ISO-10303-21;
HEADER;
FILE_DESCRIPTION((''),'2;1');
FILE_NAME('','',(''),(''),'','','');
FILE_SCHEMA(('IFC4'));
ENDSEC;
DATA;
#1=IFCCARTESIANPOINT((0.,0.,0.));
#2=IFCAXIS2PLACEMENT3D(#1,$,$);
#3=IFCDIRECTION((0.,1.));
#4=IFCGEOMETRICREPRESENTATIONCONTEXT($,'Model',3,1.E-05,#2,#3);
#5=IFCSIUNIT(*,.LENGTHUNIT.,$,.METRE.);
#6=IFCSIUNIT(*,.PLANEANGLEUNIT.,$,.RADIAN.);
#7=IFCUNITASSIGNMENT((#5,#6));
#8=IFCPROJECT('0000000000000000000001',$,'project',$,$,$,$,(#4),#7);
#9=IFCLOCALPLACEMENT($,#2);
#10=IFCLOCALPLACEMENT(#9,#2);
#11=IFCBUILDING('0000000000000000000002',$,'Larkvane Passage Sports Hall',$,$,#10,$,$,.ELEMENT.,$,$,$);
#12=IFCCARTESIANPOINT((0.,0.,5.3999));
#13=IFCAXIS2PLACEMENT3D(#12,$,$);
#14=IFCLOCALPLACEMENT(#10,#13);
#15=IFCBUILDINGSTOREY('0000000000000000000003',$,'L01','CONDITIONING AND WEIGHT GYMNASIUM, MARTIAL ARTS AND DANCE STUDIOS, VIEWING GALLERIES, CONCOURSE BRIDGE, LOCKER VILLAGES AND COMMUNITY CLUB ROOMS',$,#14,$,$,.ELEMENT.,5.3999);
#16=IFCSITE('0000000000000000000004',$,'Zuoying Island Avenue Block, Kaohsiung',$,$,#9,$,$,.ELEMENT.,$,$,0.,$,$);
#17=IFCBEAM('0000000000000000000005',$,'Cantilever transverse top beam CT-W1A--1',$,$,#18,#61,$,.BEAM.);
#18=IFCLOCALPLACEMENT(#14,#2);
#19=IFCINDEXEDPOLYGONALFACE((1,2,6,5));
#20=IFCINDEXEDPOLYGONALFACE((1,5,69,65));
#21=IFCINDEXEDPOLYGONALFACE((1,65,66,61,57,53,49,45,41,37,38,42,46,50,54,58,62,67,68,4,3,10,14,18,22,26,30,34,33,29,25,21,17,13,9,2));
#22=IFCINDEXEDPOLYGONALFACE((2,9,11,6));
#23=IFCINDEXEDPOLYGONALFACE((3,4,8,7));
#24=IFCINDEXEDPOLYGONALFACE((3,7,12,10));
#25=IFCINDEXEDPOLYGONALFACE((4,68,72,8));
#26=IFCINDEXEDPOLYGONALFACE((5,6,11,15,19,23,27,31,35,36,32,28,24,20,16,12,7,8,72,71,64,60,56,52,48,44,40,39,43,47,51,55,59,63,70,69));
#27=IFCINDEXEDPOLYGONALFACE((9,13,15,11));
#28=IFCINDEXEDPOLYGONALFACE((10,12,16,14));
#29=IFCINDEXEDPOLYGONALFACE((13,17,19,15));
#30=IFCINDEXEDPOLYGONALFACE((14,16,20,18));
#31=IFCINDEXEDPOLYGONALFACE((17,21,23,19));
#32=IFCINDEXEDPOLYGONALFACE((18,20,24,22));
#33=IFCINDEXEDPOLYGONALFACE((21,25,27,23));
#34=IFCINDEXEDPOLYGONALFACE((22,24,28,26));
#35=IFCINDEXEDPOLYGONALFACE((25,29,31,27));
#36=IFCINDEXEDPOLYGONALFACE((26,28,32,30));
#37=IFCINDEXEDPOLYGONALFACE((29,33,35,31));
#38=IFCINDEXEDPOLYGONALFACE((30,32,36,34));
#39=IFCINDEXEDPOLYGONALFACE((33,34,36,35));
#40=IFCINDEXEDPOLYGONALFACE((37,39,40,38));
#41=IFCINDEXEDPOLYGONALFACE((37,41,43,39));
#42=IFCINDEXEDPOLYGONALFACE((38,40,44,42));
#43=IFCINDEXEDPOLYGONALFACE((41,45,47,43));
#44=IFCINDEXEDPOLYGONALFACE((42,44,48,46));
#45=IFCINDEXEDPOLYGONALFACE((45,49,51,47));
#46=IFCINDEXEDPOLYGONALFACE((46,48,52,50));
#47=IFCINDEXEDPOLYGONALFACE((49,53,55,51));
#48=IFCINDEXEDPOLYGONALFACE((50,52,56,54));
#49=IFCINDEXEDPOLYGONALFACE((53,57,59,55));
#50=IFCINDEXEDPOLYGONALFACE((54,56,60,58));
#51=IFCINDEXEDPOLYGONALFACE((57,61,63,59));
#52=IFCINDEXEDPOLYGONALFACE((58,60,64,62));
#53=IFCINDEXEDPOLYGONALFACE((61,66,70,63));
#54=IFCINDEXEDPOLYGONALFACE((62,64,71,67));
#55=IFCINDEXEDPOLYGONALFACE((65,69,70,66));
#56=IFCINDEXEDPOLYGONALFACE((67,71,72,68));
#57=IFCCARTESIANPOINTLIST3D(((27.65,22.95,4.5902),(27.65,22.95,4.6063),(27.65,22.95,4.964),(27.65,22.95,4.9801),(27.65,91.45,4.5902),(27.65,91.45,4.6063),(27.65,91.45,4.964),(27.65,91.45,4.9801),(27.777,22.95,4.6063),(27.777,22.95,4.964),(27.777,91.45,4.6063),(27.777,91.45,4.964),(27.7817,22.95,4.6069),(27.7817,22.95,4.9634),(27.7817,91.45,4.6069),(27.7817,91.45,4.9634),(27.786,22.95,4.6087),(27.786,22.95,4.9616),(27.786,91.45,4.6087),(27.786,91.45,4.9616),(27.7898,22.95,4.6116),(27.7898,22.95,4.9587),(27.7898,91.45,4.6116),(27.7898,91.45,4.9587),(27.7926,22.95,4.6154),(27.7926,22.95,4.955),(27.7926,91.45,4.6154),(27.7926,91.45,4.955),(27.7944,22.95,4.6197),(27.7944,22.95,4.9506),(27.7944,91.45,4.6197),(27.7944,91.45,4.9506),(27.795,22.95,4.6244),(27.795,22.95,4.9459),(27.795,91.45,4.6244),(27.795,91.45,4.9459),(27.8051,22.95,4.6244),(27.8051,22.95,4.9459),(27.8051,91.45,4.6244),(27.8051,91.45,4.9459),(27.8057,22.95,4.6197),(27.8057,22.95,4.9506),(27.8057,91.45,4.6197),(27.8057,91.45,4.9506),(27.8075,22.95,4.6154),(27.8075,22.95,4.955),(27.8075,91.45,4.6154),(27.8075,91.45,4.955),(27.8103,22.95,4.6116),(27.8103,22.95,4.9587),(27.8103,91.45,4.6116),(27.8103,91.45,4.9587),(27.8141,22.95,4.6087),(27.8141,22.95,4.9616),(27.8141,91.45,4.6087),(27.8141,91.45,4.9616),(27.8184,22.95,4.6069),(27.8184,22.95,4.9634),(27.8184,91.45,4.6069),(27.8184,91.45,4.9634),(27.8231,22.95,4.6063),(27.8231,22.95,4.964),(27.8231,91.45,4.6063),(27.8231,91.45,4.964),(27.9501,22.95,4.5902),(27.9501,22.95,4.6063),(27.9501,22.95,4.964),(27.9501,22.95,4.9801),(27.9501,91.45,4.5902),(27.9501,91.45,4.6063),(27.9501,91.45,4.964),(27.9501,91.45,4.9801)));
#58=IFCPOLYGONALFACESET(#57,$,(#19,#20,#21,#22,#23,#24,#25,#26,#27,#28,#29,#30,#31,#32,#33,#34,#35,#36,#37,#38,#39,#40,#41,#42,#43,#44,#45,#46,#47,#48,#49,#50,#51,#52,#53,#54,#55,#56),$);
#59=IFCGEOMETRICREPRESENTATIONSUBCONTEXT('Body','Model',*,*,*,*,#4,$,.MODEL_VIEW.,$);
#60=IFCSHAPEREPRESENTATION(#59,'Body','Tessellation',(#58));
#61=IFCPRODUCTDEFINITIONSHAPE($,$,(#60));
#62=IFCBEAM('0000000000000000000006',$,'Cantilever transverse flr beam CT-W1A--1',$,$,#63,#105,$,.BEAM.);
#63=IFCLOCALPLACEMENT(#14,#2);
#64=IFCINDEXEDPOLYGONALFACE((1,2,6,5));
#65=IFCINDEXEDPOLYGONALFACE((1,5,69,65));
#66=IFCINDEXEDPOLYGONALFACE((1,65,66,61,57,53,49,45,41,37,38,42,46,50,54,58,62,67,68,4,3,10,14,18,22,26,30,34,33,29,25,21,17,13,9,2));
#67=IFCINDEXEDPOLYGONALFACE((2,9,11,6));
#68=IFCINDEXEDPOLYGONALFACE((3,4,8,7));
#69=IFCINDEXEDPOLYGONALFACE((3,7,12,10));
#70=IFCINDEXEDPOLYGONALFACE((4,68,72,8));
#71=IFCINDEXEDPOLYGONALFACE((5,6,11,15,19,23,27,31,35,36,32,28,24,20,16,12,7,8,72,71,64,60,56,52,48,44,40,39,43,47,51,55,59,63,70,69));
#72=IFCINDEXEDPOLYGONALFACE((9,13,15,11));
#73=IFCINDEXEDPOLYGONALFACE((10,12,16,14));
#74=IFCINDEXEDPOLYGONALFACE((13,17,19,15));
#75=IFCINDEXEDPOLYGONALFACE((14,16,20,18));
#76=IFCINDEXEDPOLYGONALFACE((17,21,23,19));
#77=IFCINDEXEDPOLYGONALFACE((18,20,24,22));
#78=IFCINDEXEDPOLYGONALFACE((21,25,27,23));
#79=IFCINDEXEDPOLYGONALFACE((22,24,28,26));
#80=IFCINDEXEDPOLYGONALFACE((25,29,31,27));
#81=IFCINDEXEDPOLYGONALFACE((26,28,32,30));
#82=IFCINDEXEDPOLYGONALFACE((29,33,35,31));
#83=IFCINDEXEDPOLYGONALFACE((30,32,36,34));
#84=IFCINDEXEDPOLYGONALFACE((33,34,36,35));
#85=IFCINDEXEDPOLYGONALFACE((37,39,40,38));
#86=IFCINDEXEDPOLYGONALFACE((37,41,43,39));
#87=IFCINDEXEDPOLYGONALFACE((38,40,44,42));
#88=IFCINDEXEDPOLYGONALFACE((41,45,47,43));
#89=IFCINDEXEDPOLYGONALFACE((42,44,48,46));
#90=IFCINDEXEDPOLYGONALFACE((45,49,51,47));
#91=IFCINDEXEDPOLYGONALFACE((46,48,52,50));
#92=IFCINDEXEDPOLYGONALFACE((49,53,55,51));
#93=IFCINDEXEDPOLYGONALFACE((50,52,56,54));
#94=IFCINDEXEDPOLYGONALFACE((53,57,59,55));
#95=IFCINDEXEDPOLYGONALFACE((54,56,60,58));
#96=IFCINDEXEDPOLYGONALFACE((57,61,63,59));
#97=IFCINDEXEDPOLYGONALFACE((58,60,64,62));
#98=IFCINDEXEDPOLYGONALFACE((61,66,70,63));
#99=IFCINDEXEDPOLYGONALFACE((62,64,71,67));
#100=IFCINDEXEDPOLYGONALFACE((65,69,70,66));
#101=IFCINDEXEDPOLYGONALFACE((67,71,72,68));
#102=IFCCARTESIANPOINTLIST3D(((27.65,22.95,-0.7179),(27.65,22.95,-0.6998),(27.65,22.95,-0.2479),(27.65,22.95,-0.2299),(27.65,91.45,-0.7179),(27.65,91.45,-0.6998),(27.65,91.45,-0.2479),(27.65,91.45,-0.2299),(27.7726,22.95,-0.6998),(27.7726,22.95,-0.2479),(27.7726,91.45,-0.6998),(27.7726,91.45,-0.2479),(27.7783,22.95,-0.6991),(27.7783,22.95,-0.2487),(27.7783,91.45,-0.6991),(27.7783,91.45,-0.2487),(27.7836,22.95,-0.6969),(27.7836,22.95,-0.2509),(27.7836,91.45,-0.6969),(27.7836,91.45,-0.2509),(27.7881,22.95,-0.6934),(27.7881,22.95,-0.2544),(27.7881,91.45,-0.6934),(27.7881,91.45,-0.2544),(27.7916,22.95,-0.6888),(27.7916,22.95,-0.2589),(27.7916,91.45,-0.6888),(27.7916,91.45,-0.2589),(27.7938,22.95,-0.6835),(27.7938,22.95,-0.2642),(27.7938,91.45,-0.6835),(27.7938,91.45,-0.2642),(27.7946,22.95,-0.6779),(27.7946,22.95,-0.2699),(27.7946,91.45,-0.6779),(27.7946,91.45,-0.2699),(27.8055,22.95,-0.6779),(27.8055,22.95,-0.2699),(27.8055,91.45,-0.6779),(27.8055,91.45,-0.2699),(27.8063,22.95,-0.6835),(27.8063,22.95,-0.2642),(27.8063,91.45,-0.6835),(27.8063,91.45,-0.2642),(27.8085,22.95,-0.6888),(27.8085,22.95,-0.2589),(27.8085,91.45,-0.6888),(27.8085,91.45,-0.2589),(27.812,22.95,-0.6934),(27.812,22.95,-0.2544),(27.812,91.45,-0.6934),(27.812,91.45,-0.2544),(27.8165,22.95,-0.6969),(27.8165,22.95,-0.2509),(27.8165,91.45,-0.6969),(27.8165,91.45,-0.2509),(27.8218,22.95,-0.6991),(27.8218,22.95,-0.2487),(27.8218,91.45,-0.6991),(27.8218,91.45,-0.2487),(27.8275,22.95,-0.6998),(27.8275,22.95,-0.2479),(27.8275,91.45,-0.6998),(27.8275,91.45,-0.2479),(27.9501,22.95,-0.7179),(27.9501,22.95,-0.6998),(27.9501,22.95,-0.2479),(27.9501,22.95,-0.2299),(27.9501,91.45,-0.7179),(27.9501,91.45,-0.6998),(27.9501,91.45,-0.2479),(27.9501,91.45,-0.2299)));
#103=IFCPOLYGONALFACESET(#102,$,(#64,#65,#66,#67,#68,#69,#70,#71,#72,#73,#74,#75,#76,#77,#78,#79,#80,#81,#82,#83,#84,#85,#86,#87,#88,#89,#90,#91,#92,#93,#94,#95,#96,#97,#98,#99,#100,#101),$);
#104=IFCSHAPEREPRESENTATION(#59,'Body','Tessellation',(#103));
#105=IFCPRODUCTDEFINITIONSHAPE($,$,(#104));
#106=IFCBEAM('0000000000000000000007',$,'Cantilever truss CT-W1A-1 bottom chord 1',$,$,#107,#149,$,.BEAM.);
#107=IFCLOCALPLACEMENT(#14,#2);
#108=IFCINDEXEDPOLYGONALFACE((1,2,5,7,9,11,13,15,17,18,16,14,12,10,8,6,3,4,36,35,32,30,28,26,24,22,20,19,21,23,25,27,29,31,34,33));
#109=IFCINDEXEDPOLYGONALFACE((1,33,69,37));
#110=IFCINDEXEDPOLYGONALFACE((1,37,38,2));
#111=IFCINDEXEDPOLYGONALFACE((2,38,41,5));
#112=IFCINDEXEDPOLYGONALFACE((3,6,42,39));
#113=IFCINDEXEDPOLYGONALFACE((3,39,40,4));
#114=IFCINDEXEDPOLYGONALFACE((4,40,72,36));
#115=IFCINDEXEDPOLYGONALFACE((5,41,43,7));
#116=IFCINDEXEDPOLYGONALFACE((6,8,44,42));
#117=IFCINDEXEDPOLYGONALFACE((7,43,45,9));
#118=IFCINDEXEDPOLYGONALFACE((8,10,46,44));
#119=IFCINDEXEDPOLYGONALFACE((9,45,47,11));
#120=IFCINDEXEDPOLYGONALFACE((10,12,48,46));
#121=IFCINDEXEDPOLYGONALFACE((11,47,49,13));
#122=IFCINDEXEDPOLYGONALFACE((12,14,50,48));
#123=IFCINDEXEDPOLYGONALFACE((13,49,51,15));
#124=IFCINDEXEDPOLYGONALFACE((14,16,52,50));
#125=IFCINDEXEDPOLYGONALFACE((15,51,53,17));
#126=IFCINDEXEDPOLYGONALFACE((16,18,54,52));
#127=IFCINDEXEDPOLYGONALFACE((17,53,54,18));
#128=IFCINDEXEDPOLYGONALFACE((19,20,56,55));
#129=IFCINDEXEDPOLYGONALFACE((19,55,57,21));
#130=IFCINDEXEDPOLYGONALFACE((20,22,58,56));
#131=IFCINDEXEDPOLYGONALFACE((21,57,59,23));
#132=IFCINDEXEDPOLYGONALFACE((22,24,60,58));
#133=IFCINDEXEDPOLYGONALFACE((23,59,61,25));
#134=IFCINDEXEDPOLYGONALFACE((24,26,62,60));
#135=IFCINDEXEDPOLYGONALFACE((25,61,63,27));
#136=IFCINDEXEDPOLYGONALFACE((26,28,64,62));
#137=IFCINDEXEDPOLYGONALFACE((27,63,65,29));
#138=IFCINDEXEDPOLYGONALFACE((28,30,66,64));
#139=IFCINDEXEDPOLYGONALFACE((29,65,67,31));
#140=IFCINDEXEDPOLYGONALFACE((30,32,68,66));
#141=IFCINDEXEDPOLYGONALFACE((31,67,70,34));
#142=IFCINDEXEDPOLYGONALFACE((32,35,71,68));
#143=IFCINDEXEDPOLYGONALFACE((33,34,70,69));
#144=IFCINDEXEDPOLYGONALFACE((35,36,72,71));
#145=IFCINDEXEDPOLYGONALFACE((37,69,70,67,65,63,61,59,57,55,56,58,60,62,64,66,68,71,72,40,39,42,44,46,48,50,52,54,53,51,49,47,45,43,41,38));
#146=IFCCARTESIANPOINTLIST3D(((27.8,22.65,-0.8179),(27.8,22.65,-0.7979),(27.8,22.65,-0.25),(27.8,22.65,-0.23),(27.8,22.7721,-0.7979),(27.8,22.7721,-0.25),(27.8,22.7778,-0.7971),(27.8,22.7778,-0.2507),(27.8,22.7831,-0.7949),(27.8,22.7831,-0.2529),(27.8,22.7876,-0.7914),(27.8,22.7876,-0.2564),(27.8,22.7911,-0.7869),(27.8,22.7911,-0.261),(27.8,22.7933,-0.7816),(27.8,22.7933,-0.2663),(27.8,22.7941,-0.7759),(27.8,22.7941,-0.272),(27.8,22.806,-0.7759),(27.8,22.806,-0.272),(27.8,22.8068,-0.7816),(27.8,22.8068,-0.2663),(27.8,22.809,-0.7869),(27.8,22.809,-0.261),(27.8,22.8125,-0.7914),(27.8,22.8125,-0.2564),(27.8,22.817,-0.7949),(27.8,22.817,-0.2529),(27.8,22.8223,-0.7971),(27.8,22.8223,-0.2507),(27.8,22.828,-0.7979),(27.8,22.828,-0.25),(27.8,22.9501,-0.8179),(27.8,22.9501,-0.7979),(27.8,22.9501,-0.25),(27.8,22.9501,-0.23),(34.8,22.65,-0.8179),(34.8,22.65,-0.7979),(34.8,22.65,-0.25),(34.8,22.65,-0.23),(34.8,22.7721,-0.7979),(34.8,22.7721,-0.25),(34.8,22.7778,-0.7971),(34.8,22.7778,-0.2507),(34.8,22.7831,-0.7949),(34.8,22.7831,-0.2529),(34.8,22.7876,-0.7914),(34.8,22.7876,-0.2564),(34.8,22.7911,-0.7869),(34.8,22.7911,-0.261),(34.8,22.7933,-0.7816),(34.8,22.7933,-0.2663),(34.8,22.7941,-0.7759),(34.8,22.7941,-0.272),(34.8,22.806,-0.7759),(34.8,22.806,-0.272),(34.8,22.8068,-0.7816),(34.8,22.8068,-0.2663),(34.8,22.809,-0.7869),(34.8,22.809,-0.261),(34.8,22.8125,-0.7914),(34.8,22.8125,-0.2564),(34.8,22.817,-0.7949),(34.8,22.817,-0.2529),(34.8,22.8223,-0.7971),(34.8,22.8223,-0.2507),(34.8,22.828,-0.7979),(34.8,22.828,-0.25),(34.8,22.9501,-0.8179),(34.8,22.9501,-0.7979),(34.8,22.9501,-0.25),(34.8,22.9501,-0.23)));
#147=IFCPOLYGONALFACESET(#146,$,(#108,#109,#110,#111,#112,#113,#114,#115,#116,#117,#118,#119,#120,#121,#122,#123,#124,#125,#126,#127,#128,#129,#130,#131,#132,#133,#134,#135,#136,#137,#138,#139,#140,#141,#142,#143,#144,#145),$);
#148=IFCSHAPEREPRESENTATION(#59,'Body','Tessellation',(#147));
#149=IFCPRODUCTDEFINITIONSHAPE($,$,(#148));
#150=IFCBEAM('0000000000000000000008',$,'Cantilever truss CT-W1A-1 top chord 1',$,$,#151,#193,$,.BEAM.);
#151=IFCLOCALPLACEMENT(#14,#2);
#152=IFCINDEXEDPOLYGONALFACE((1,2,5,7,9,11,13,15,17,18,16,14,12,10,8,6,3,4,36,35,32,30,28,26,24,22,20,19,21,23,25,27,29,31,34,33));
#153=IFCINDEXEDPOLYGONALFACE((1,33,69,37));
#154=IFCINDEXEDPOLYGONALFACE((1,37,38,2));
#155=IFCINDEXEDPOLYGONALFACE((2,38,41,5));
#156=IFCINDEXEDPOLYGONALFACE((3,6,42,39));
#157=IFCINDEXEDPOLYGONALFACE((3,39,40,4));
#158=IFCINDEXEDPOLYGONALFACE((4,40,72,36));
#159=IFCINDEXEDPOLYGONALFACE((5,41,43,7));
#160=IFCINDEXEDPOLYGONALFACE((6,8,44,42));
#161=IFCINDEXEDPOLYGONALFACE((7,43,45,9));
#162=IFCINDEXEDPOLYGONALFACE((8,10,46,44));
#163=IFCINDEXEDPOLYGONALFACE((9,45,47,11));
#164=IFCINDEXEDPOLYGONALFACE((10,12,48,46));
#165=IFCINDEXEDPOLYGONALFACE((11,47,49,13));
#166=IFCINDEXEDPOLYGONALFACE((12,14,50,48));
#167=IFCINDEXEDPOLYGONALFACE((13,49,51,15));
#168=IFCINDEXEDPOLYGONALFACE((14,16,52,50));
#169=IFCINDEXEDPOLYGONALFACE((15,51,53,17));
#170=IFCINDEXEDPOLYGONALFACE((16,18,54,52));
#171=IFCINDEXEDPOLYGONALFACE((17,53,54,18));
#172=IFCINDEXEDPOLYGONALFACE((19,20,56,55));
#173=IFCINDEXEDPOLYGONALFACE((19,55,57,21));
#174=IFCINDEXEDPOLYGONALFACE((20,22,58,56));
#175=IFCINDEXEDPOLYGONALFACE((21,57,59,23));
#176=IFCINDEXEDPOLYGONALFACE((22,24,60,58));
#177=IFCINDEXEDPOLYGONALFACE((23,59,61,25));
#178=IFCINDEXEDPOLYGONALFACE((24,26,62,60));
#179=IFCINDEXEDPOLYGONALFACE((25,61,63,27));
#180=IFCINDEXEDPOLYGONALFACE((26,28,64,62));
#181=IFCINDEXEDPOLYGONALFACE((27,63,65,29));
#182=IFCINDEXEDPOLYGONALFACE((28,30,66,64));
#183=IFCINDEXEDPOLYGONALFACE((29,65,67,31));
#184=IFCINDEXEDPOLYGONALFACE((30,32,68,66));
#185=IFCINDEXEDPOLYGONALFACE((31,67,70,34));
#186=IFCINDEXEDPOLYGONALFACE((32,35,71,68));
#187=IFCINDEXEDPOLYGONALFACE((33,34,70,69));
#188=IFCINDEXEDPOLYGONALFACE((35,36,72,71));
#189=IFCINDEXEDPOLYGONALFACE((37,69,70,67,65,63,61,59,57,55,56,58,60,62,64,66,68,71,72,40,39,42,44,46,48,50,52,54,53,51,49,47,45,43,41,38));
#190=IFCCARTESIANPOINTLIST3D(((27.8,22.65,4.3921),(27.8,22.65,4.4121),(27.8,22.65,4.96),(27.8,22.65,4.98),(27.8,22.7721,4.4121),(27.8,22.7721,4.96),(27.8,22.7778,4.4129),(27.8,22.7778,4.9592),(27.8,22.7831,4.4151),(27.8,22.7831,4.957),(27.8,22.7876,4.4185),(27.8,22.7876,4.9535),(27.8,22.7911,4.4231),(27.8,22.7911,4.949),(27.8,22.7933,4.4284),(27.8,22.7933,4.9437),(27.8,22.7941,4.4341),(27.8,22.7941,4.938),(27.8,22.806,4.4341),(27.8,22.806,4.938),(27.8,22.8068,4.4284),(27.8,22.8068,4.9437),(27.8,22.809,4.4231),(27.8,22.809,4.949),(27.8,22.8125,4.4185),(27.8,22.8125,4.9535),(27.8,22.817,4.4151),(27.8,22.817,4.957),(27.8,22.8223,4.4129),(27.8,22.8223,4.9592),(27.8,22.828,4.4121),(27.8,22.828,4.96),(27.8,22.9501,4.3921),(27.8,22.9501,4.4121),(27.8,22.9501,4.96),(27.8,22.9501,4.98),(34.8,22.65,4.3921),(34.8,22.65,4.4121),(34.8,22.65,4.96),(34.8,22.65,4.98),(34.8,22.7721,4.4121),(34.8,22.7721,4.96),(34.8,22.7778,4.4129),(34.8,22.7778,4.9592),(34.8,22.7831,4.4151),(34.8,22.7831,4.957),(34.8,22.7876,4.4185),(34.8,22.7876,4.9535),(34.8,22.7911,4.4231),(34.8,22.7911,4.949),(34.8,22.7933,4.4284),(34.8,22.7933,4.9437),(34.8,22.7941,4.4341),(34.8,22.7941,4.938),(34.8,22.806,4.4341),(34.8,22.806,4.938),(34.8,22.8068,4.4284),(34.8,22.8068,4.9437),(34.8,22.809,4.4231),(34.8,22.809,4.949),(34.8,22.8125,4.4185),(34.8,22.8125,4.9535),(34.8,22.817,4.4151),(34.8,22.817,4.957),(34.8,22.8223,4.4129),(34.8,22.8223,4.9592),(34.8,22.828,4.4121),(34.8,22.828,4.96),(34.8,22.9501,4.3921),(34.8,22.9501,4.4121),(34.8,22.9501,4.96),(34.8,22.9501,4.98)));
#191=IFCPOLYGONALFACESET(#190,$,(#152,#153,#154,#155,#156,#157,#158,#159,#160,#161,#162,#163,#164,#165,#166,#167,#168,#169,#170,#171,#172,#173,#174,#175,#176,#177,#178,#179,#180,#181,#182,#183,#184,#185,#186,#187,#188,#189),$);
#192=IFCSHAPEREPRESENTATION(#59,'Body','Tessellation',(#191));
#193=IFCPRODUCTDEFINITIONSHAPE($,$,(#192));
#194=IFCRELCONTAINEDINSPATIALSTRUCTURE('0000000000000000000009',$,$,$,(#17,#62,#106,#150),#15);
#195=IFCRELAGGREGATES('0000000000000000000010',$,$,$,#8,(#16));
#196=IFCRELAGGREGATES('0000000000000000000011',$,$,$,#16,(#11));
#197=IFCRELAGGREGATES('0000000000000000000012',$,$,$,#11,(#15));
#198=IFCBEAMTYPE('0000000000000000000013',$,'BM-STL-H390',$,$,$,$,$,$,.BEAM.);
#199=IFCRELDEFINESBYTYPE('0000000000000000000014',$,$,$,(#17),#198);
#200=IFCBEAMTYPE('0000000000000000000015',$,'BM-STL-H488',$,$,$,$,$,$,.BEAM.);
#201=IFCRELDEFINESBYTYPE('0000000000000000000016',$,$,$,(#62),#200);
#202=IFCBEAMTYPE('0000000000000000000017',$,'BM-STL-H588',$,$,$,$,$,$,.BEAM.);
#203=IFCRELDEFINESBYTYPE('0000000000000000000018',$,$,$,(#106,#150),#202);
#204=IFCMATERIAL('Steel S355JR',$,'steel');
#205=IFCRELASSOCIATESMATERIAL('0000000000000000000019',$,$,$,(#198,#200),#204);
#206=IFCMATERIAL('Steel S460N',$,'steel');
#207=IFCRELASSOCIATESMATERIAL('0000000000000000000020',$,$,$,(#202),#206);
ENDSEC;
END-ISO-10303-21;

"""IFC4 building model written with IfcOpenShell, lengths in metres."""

from ifc_helpers import new_model, si_unit, direction, frame, origin, origin_2d, place, context, subcontext, project, spatial, i_section, extrude, material, material_profile, profile_set, type_object, element, save


model = new_model("IFC4")

# Units and contexts
model_context = context("Model", 3, precision=1e-05, world=origin(), true_north=direction((0.0, 1.0)))
body_context = subcontext(model_context, "Body", "Model", "MODEL_VIEW")
ifc_project = project(units=[si_unit("LENGTHUNIT", "METRE"), si_unit("PLANEANGLEUNIT", "RADIAN")], contexts=[model_context])

# Site, building, storey
site_placement = place(None, origin())
site = spatial("IfcSite", under=ifc_project, at=site_placement, Name="Zuoying Island Avenue Block, Kaohsiung", CompositionType="ELEMENT", RefElevation=0.0)
building_placement = place(site_placement, origin())
building = spatial("IfcBuilding", under=site, at=building_placement, Name="Larkvane Passage Sports Hall", CompositionType="ELEMENT")
storey_placement = place(building_placement, frame((0.0, 0.0, 5.3999)))
storey = spatial("IfcBuildingStorey", under=building, at=storey_placement, Name="L01", Description="CONDITIONING AND WEIGHT GYMNASIUM, MARTIAL ARTS AND DANCE STUDIOS, VIEWING GALLERIES, CONCOURSE BRIDGE, LOCKER VILLAGES AND COMMUNITY CLUB ROOMS", CompositionType="ELEMENT", Elevation=5.3999)

# Beams
ifc_material_1 = material(Name="Steel S355JR", Category="steel")
ifc_material_profile_1 = material_profile(ifc_material_1, i_section(OverallWidth=0.3, OverallDepth=0.3899, WebThickness=0.01, FlangeThickness=0.0161, FilletRadius=0.0181, at=origin_2d()), Name="H-390x300x10x16")
ifc_profile_set_1 = profile_set([ifc_material_profile_1], Name="Steel S355JR")
beam_type_1 = type_object("IfcBeamType", Name="BM-STL-H390", PredefinedType="BEAM", material=ifc_profile_set_1)
beam_1_placement = place(storey_placement, frame((27.8, 22.95, 4.7852), z_axis=(0.0, 1.0, 0.0), x_axis=(-1.0, 0.0, 0.0)))
element("IfcBeam", 1, at=beam_1_placement, inside=storey, type_object=beam_type_1, Name="Cantilever transverse top beam CT-W1A--1", PredefinedType="BEAM", context=body_context, shape_type="SweptSolid", body=[
    extrude(i_section(OverallWidth=0.3, OverallDepth=0.3899, WebThickness=0.01, FlangeThickness=0.0161, FilletRadius=0.0181, at=origin_2d()), origin(), (0.0, 0.0, 1.0), 68.5),
])
ifc_material_profile_2 = material_profile(ifc_material_1, i_section(OverallWidth=0.3, OverallDepth=0.488, WebThickness=0.011, FlangeThickness=0.0181, FilletRadius=0.022, at=origin_2d()), Name="H-488x300x11x18")
ifc_profile_set_2 = profile_set([ifc_material_profile_2], Name="Steel S355JR")
beam_type_2 = type_object("IfcBeamType", Name="BM-STL-H488", PredefinedType="BEAM", material=ifc_profile_set_2)
beam_2_placement = place(storey_placement, frame((27.8, 22.95, -0.4739), z_axis=(0.0, 1.0, 0.0), x_axis=(-1.0, 0.0, 0.0)))
element("IfcBeam", 2, at=beam_2_placement, inside=storey, type_object=beam_type_2, Name="Cantilever transverse flr beam CT-W1A--1", PredefinedType="BEAM", context=body_context, shape_type="SweptSolid", body=[
    extrude(i_section(OverallWidth=0.3, OverallDepth=0.488, WebThickness=0.011, FlangeThickness=0.0181, FilletRadius=0.022, at=origin_2d()), origin(), (0.0, 0.0, 1.0), 68.5),
])
ifc_material_2 = material(Name="Steel S460N", Category="steel")
ifc_material_profile_3 = material_profile(ifc_material_2, i_section(OverallWidth=0.3, OverallDepth=0.5879, WebThickness=0.012, FlangeThickness=0.02, FilletRadius=0.022, at=origin_2d()), Name="H-588x300x12x20")
ifc_profile_set_3 = profile_set([ifc_material_profile_3], Name="Steel S460N")
beam_type_3 = type_object("IfcBeamType", Name="BM-STL-H588", PredefinedType="BEAM", material=ifc_profile_set_3)
for number, where, z_axis, x_axis, name in (
    (3, (27.8, 22.8, -0.5239), (1.0, 0.0, 0.0), (0.0, 1.0, 0.0), "Cantilever truss CT-W1A-1 bottom chord 1"),
    (4, (27.8, 22.8, 4.686), (1.0, 0.0, 0.0), (0.0, 1.0, 0.0), "Cantilever truss CT-W1A-1 top chord 1"),
):
    element("IfcBeam", number, at=place(storey_placement, frame(where, z_axis=z_axis, x_axis=x_axis)), inside=storey, type_object=beam_type_3, Name=name, PredefinedType="BEAM", context=body_context, shape_type="SweptSolid", body=[
        extrude(i_section(OverallWidth=0.3, OverallDepth=0.5879, WebThickness=0.012, FlangeThickness=0.02, FilletRadius=0.022, at=origin_2d()), origin(), (0.0, 0.0, 1.0), 7.0),
    ])

save(model, "model.ifc")
